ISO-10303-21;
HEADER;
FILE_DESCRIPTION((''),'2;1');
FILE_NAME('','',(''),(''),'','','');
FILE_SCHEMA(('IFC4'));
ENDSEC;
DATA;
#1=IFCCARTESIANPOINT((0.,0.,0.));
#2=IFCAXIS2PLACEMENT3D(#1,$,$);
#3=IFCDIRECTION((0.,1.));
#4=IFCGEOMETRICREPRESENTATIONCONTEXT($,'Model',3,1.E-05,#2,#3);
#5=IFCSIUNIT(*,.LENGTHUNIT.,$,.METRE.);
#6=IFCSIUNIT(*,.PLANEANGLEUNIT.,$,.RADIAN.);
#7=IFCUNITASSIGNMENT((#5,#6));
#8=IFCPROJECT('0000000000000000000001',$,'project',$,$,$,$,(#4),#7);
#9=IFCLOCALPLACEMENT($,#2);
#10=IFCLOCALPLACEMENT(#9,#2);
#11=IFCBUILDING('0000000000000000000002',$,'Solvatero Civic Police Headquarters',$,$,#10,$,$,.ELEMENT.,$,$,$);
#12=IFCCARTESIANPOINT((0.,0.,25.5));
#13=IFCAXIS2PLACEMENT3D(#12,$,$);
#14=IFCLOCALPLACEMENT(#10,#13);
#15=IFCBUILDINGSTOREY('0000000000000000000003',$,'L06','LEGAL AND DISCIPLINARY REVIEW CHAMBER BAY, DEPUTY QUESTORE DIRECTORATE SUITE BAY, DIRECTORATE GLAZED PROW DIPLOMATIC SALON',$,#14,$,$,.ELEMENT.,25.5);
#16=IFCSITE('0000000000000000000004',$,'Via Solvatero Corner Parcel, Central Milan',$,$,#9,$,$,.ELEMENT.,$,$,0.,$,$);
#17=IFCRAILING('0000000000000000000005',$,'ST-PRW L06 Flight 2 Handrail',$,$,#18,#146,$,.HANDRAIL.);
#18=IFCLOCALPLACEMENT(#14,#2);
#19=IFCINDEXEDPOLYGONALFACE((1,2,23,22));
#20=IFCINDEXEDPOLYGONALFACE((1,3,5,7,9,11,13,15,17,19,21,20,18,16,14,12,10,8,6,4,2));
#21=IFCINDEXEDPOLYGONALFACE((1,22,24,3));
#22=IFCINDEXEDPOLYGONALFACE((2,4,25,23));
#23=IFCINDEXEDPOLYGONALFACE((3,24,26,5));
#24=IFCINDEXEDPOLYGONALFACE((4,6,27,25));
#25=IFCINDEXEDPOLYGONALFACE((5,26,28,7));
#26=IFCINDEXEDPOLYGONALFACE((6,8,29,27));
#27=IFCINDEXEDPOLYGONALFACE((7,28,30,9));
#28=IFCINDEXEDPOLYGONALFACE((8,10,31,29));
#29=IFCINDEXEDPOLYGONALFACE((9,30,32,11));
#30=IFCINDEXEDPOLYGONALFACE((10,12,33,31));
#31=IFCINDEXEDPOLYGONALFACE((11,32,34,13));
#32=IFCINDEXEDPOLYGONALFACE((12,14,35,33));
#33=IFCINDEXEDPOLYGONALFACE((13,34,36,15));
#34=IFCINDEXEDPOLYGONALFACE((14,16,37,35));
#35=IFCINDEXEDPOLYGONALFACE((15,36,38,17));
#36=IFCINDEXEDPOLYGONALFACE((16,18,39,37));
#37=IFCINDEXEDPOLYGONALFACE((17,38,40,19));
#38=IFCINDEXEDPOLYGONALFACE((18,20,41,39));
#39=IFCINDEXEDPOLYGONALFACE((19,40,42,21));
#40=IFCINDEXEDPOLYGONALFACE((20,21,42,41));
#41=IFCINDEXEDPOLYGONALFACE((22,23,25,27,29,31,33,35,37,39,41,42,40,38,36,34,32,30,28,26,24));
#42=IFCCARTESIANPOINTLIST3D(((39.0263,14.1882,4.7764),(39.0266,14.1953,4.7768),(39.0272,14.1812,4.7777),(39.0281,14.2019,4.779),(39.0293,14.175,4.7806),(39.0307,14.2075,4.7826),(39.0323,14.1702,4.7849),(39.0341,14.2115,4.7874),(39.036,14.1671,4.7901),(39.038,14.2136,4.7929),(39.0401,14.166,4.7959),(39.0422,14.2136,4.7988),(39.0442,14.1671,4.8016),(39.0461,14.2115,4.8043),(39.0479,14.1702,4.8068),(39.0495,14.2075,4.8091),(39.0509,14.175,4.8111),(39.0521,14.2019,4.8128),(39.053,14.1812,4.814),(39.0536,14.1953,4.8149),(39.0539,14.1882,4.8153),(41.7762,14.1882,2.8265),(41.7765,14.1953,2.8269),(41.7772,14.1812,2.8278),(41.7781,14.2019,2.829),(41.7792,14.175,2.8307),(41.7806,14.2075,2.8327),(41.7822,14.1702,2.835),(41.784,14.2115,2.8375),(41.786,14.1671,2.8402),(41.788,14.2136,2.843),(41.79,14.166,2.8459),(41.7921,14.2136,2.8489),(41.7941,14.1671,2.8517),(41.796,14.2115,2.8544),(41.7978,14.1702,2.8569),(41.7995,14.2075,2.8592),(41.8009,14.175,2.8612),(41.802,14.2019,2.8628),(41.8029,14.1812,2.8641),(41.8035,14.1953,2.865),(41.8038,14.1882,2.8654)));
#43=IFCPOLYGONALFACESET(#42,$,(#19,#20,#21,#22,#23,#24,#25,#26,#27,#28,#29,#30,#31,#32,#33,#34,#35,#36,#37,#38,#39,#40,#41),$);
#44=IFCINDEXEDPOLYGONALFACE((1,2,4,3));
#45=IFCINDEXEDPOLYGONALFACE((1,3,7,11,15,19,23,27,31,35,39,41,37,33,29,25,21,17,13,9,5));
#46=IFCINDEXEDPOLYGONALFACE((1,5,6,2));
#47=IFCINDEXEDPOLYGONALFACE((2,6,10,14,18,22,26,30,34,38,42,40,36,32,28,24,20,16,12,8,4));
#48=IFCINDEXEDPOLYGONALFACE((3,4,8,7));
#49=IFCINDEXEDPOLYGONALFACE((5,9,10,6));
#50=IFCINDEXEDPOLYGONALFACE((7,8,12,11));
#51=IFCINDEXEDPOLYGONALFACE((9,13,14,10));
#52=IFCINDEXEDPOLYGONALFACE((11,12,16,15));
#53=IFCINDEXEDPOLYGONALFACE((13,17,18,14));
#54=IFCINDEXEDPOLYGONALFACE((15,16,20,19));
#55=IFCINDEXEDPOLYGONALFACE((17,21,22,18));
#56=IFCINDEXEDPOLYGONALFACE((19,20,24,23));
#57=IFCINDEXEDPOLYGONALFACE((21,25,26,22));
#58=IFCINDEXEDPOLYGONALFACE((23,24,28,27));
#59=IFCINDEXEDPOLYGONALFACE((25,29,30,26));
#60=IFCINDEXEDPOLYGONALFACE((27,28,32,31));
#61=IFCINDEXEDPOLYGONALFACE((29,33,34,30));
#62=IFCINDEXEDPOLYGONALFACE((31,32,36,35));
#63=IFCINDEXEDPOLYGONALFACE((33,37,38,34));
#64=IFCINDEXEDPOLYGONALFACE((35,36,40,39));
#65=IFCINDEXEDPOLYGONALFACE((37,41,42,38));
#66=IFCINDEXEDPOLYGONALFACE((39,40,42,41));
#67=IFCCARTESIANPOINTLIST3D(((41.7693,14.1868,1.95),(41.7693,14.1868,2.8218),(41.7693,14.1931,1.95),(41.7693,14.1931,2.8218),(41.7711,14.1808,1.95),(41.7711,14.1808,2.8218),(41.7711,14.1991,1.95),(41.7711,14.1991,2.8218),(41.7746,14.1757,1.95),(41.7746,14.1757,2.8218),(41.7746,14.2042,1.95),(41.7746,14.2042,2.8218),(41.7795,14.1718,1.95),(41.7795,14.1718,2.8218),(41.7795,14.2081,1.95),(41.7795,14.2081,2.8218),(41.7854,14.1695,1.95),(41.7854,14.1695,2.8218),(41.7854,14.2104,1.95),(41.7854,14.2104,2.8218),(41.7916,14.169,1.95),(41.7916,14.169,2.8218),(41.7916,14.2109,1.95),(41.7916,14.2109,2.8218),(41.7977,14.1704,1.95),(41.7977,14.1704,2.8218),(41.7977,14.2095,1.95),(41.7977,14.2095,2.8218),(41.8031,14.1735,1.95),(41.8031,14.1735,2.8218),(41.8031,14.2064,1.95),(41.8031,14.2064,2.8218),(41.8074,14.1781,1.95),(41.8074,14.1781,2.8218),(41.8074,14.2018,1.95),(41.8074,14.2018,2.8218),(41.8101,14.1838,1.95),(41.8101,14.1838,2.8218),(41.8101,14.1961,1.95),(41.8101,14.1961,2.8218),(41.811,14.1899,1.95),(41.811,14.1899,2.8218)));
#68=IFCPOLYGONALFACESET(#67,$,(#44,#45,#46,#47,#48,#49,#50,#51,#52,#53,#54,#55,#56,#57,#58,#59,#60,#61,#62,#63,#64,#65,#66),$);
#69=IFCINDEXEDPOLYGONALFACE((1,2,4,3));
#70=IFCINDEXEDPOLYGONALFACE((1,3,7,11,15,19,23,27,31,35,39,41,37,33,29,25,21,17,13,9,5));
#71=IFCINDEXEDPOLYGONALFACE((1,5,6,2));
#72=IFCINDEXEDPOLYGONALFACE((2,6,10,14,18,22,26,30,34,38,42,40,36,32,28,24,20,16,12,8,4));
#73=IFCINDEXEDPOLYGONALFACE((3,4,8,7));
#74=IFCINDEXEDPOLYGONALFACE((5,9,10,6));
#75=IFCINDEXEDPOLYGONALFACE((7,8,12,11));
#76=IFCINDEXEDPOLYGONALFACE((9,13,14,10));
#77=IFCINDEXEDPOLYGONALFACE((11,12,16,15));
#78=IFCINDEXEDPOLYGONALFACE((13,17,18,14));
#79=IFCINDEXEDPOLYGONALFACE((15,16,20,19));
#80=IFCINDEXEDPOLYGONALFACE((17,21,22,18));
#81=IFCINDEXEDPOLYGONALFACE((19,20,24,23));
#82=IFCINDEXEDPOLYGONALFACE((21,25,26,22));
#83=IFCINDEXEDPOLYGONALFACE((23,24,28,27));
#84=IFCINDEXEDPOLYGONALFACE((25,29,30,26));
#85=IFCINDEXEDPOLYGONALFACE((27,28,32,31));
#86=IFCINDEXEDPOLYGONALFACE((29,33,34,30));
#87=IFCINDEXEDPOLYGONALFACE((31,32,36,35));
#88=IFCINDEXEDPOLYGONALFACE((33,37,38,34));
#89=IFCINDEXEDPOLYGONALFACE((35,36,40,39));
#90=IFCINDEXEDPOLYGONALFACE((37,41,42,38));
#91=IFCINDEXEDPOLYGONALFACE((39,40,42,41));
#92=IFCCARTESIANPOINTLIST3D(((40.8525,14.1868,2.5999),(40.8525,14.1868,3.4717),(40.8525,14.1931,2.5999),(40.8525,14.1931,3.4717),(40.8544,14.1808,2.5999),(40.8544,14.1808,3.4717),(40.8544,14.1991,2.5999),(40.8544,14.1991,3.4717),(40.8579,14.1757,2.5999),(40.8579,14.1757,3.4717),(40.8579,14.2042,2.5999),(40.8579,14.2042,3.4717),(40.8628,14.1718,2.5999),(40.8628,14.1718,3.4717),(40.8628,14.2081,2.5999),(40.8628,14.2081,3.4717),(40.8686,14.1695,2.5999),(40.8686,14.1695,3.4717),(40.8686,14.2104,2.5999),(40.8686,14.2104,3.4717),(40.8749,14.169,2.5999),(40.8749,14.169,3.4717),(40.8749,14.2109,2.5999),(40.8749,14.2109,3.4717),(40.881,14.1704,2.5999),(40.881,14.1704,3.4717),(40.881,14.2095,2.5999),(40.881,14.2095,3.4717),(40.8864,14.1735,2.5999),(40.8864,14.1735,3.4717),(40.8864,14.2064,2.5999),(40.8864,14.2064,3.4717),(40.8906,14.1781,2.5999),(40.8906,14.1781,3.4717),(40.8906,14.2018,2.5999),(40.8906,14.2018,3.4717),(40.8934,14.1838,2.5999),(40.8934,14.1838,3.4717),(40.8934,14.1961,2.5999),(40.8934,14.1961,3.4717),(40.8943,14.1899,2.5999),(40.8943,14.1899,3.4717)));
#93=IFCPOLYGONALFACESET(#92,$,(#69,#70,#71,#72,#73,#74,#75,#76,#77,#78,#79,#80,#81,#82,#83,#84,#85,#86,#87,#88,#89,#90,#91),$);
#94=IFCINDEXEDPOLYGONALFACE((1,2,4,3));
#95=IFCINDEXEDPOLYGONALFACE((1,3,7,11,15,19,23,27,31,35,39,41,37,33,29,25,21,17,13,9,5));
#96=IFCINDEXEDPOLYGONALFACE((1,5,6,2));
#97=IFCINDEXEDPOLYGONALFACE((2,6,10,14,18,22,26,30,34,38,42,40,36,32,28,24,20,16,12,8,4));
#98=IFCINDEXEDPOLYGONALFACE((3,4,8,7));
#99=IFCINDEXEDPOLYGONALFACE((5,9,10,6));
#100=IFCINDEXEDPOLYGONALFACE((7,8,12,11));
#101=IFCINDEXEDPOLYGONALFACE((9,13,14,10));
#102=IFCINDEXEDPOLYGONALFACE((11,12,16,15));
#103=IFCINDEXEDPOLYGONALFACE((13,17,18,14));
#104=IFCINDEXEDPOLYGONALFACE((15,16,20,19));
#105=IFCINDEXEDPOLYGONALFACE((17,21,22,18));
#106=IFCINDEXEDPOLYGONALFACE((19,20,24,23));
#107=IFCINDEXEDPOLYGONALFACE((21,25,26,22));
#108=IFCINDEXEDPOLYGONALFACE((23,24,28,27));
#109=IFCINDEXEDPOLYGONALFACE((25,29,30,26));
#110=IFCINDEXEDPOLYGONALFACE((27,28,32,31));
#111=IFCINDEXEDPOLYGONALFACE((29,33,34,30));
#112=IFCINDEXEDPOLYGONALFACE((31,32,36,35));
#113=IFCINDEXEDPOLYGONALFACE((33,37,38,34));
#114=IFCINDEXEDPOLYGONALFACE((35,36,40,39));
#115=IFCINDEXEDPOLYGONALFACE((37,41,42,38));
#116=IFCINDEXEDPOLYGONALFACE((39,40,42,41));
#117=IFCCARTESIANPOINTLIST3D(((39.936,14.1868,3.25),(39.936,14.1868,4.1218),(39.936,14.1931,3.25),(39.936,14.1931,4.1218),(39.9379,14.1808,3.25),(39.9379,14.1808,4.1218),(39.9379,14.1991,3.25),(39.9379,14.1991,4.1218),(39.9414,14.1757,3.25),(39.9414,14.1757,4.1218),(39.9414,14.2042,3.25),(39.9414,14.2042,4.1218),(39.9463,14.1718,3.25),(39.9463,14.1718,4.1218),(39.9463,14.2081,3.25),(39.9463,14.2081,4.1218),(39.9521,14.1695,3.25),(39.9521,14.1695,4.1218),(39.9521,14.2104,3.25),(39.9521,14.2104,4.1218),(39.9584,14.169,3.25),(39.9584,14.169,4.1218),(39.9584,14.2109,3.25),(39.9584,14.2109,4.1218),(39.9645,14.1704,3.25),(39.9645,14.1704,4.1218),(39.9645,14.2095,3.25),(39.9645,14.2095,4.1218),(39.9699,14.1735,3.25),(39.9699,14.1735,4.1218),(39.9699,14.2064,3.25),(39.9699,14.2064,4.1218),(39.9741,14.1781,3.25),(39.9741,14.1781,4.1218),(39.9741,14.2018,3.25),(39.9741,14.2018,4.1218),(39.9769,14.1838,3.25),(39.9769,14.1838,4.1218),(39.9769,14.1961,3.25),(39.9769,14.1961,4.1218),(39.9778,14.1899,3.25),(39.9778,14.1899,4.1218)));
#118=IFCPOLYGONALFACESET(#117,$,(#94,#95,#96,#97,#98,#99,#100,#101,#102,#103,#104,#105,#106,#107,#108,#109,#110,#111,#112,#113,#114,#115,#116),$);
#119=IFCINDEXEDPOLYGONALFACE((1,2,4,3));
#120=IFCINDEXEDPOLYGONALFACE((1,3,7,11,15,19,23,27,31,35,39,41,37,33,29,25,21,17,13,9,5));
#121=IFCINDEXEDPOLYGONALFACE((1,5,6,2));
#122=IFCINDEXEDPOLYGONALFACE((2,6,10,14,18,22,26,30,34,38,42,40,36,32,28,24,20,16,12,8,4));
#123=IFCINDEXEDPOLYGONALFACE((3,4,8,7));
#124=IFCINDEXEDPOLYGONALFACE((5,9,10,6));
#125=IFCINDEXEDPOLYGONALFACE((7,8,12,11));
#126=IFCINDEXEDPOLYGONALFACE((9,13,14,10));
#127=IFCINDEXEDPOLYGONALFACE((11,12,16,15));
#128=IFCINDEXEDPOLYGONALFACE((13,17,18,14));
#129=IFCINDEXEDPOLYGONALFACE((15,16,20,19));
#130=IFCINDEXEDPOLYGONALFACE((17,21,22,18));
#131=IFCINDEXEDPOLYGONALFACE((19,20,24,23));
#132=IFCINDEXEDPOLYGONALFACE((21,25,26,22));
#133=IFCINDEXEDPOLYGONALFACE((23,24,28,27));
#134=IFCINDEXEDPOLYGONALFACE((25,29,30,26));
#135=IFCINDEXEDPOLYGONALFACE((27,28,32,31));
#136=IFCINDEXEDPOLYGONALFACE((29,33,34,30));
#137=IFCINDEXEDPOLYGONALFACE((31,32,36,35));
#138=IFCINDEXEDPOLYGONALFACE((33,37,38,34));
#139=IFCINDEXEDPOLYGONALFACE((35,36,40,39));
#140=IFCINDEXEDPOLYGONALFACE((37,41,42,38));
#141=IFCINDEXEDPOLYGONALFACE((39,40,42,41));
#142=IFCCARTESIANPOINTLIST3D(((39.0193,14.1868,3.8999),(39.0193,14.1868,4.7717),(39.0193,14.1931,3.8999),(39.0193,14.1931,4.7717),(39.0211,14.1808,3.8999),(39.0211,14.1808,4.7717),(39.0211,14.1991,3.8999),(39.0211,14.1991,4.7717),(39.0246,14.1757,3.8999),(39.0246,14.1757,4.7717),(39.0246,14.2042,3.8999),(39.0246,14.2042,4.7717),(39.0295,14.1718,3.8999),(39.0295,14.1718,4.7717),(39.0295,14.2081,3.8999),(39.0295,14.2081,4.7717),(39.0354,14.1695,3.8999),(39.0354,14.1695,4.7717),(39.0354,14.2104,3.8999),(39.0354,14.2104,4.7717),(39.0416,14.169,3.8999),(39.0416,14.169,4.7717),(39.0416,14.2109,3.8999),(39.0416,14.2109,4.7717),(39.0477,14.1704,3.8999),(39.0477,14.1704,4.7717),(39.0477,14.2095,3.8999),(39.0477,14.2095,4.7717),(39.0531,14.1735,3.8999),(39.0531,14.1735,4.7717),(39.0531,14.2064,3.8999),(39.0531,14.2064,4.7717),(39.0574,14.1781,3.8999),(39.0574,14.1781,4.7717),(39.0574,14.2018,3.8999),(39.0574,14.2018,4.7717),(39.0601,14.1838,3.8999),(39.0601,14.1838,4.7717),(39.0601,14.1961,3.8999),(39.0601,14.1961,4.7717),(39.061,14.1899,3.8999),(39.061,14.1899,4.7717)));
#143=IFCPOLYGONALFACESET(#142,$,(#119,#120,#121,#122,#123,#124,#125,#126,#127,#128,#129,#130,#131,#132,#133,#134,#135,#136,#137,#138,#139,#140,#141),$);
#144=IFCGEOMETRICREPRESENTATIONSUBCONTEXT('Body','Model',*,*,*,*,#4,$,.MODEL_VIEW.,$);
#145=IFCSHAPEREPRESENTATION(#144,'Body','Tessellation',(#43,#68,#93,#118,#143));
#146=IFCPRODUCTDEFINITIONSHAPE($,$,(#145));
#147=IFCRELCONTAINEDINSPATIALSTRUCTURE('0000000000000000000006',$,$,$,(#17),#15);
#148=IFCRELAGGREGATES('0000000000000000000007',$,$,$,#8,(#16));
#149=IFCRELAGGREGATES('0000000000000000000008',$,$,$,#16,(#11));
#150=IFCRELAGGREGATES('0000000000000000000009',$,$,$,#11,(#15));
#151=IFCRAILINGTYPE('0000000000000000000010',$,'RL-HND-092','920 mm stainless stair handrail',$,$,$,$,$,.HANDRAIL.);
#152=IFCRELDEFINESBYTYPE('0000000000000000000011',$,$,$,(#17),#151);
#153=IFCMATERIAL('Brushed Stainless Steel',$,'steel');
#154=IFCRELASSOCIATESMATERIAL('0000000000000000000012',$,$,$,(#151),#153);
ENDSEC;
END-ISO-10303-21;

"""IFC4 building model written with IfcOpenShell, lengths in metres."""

from ifc_helpers import new_model, si_unit, direction, frame, origin, origin_2d, place, context, subcontext, project, spatial, circle, extrude, material, type_object, element, save


model = new_model("IFC4")

# Units and contexts
model_context = context("Model", 3, precision=1e-05, world=origin(), true_north=direction((0.0, 1.0)))
body_context = subcontext(model_context, "Body", "Model", "MODEL_VIEW")
ifc_project = project(units=[si_unit("LENGTHUNIT", "METRE"), si_unit("PLANEANGLEUNIT", "RADIAN")], contexts=[model_context])

# Site, building, storey
site_placement = place(None, origin())
site = spatial("IfcSite", under=ifc_project, at=site_placement, Name="Via Solvatero Corner Parcel, Central Milan", CompositionType="ELEMENT", RefElevation=0.0)
building_placement = place(site_placement, origin())
building = spatial("IfcBuilding", under=site, at=building_placement, Name="Solvatero Civic Police Headquarters", CompositionType="ELEMENT")
storey_placement = place(building_placement, frame((0.0, 0.0, 25.5)))
storey = spatial("IfcBuildingStorey", under=building, at=storey_placement, Name="L06", Description="LEGAL AND DISCIPLINARY REVIEW CHAMBER BAY, DEPUTY QUESTORE DIRECTORATE SUITE BAY, DIRECTORATE GLAZED PROW DIPLOMATIC SALON", CompositionType="ELEMENT", Elevation=25.5)

# Railing
ifc_material_1 = material(Name="Brushed Stainless Steel", Category="steel")
railing_type_1 = type_object("IfcRailingType", Name="RL-HND-092", Description="920 mm stainless stair handrail", PredefinedType="HANDRAIL", material=ifc_material_1)
railing_1_placement = place(storey_placement, frame((41.79, 14.1899, 1.95)))
element("IfcRailing", 1, at=railing_1_placement, inside=storey, type_object=railing_type_1, Name="ST-PRW L06 Flight 2 Handrail", PredefinedType="HANDRAIL", context=body_context, shape_type="SweptSolid", body=[
    extrude(circle(Radius=0.0239, at=origin_2d()), frame((0.0, 0.0, 0.896), z_axis=(-0.81574, 0.0, 0.578419), x_axis=(0.0, -1.0, 0.0)), (0.0, 0.0, 1.0), 3.3711),
    extrude(circle(Radius=0.021, at=origin_2d()), origin(), (0.0, 0.0, 1.0), 0.8718),
    extrude(circle(Radius=0.021, at=origin_2d()), frame((-0.9167, 0.0, 0.6499)), (0.0, 0.0, 1.0), 0.8718),
    extrude(circle(Radius=0.021, at=origin_2d()), frame((-1.8333, 0.0, 1.3)), (0.0, 0.0, 1.0), 0.8718),
    extrude(circle(Radius=0.021, at=origin_2d()), frame((-2.75, 0.0, 1.95)), (0.0, 0.0, 1.0), 0.8718),
])

save(model, "model.ifc")
